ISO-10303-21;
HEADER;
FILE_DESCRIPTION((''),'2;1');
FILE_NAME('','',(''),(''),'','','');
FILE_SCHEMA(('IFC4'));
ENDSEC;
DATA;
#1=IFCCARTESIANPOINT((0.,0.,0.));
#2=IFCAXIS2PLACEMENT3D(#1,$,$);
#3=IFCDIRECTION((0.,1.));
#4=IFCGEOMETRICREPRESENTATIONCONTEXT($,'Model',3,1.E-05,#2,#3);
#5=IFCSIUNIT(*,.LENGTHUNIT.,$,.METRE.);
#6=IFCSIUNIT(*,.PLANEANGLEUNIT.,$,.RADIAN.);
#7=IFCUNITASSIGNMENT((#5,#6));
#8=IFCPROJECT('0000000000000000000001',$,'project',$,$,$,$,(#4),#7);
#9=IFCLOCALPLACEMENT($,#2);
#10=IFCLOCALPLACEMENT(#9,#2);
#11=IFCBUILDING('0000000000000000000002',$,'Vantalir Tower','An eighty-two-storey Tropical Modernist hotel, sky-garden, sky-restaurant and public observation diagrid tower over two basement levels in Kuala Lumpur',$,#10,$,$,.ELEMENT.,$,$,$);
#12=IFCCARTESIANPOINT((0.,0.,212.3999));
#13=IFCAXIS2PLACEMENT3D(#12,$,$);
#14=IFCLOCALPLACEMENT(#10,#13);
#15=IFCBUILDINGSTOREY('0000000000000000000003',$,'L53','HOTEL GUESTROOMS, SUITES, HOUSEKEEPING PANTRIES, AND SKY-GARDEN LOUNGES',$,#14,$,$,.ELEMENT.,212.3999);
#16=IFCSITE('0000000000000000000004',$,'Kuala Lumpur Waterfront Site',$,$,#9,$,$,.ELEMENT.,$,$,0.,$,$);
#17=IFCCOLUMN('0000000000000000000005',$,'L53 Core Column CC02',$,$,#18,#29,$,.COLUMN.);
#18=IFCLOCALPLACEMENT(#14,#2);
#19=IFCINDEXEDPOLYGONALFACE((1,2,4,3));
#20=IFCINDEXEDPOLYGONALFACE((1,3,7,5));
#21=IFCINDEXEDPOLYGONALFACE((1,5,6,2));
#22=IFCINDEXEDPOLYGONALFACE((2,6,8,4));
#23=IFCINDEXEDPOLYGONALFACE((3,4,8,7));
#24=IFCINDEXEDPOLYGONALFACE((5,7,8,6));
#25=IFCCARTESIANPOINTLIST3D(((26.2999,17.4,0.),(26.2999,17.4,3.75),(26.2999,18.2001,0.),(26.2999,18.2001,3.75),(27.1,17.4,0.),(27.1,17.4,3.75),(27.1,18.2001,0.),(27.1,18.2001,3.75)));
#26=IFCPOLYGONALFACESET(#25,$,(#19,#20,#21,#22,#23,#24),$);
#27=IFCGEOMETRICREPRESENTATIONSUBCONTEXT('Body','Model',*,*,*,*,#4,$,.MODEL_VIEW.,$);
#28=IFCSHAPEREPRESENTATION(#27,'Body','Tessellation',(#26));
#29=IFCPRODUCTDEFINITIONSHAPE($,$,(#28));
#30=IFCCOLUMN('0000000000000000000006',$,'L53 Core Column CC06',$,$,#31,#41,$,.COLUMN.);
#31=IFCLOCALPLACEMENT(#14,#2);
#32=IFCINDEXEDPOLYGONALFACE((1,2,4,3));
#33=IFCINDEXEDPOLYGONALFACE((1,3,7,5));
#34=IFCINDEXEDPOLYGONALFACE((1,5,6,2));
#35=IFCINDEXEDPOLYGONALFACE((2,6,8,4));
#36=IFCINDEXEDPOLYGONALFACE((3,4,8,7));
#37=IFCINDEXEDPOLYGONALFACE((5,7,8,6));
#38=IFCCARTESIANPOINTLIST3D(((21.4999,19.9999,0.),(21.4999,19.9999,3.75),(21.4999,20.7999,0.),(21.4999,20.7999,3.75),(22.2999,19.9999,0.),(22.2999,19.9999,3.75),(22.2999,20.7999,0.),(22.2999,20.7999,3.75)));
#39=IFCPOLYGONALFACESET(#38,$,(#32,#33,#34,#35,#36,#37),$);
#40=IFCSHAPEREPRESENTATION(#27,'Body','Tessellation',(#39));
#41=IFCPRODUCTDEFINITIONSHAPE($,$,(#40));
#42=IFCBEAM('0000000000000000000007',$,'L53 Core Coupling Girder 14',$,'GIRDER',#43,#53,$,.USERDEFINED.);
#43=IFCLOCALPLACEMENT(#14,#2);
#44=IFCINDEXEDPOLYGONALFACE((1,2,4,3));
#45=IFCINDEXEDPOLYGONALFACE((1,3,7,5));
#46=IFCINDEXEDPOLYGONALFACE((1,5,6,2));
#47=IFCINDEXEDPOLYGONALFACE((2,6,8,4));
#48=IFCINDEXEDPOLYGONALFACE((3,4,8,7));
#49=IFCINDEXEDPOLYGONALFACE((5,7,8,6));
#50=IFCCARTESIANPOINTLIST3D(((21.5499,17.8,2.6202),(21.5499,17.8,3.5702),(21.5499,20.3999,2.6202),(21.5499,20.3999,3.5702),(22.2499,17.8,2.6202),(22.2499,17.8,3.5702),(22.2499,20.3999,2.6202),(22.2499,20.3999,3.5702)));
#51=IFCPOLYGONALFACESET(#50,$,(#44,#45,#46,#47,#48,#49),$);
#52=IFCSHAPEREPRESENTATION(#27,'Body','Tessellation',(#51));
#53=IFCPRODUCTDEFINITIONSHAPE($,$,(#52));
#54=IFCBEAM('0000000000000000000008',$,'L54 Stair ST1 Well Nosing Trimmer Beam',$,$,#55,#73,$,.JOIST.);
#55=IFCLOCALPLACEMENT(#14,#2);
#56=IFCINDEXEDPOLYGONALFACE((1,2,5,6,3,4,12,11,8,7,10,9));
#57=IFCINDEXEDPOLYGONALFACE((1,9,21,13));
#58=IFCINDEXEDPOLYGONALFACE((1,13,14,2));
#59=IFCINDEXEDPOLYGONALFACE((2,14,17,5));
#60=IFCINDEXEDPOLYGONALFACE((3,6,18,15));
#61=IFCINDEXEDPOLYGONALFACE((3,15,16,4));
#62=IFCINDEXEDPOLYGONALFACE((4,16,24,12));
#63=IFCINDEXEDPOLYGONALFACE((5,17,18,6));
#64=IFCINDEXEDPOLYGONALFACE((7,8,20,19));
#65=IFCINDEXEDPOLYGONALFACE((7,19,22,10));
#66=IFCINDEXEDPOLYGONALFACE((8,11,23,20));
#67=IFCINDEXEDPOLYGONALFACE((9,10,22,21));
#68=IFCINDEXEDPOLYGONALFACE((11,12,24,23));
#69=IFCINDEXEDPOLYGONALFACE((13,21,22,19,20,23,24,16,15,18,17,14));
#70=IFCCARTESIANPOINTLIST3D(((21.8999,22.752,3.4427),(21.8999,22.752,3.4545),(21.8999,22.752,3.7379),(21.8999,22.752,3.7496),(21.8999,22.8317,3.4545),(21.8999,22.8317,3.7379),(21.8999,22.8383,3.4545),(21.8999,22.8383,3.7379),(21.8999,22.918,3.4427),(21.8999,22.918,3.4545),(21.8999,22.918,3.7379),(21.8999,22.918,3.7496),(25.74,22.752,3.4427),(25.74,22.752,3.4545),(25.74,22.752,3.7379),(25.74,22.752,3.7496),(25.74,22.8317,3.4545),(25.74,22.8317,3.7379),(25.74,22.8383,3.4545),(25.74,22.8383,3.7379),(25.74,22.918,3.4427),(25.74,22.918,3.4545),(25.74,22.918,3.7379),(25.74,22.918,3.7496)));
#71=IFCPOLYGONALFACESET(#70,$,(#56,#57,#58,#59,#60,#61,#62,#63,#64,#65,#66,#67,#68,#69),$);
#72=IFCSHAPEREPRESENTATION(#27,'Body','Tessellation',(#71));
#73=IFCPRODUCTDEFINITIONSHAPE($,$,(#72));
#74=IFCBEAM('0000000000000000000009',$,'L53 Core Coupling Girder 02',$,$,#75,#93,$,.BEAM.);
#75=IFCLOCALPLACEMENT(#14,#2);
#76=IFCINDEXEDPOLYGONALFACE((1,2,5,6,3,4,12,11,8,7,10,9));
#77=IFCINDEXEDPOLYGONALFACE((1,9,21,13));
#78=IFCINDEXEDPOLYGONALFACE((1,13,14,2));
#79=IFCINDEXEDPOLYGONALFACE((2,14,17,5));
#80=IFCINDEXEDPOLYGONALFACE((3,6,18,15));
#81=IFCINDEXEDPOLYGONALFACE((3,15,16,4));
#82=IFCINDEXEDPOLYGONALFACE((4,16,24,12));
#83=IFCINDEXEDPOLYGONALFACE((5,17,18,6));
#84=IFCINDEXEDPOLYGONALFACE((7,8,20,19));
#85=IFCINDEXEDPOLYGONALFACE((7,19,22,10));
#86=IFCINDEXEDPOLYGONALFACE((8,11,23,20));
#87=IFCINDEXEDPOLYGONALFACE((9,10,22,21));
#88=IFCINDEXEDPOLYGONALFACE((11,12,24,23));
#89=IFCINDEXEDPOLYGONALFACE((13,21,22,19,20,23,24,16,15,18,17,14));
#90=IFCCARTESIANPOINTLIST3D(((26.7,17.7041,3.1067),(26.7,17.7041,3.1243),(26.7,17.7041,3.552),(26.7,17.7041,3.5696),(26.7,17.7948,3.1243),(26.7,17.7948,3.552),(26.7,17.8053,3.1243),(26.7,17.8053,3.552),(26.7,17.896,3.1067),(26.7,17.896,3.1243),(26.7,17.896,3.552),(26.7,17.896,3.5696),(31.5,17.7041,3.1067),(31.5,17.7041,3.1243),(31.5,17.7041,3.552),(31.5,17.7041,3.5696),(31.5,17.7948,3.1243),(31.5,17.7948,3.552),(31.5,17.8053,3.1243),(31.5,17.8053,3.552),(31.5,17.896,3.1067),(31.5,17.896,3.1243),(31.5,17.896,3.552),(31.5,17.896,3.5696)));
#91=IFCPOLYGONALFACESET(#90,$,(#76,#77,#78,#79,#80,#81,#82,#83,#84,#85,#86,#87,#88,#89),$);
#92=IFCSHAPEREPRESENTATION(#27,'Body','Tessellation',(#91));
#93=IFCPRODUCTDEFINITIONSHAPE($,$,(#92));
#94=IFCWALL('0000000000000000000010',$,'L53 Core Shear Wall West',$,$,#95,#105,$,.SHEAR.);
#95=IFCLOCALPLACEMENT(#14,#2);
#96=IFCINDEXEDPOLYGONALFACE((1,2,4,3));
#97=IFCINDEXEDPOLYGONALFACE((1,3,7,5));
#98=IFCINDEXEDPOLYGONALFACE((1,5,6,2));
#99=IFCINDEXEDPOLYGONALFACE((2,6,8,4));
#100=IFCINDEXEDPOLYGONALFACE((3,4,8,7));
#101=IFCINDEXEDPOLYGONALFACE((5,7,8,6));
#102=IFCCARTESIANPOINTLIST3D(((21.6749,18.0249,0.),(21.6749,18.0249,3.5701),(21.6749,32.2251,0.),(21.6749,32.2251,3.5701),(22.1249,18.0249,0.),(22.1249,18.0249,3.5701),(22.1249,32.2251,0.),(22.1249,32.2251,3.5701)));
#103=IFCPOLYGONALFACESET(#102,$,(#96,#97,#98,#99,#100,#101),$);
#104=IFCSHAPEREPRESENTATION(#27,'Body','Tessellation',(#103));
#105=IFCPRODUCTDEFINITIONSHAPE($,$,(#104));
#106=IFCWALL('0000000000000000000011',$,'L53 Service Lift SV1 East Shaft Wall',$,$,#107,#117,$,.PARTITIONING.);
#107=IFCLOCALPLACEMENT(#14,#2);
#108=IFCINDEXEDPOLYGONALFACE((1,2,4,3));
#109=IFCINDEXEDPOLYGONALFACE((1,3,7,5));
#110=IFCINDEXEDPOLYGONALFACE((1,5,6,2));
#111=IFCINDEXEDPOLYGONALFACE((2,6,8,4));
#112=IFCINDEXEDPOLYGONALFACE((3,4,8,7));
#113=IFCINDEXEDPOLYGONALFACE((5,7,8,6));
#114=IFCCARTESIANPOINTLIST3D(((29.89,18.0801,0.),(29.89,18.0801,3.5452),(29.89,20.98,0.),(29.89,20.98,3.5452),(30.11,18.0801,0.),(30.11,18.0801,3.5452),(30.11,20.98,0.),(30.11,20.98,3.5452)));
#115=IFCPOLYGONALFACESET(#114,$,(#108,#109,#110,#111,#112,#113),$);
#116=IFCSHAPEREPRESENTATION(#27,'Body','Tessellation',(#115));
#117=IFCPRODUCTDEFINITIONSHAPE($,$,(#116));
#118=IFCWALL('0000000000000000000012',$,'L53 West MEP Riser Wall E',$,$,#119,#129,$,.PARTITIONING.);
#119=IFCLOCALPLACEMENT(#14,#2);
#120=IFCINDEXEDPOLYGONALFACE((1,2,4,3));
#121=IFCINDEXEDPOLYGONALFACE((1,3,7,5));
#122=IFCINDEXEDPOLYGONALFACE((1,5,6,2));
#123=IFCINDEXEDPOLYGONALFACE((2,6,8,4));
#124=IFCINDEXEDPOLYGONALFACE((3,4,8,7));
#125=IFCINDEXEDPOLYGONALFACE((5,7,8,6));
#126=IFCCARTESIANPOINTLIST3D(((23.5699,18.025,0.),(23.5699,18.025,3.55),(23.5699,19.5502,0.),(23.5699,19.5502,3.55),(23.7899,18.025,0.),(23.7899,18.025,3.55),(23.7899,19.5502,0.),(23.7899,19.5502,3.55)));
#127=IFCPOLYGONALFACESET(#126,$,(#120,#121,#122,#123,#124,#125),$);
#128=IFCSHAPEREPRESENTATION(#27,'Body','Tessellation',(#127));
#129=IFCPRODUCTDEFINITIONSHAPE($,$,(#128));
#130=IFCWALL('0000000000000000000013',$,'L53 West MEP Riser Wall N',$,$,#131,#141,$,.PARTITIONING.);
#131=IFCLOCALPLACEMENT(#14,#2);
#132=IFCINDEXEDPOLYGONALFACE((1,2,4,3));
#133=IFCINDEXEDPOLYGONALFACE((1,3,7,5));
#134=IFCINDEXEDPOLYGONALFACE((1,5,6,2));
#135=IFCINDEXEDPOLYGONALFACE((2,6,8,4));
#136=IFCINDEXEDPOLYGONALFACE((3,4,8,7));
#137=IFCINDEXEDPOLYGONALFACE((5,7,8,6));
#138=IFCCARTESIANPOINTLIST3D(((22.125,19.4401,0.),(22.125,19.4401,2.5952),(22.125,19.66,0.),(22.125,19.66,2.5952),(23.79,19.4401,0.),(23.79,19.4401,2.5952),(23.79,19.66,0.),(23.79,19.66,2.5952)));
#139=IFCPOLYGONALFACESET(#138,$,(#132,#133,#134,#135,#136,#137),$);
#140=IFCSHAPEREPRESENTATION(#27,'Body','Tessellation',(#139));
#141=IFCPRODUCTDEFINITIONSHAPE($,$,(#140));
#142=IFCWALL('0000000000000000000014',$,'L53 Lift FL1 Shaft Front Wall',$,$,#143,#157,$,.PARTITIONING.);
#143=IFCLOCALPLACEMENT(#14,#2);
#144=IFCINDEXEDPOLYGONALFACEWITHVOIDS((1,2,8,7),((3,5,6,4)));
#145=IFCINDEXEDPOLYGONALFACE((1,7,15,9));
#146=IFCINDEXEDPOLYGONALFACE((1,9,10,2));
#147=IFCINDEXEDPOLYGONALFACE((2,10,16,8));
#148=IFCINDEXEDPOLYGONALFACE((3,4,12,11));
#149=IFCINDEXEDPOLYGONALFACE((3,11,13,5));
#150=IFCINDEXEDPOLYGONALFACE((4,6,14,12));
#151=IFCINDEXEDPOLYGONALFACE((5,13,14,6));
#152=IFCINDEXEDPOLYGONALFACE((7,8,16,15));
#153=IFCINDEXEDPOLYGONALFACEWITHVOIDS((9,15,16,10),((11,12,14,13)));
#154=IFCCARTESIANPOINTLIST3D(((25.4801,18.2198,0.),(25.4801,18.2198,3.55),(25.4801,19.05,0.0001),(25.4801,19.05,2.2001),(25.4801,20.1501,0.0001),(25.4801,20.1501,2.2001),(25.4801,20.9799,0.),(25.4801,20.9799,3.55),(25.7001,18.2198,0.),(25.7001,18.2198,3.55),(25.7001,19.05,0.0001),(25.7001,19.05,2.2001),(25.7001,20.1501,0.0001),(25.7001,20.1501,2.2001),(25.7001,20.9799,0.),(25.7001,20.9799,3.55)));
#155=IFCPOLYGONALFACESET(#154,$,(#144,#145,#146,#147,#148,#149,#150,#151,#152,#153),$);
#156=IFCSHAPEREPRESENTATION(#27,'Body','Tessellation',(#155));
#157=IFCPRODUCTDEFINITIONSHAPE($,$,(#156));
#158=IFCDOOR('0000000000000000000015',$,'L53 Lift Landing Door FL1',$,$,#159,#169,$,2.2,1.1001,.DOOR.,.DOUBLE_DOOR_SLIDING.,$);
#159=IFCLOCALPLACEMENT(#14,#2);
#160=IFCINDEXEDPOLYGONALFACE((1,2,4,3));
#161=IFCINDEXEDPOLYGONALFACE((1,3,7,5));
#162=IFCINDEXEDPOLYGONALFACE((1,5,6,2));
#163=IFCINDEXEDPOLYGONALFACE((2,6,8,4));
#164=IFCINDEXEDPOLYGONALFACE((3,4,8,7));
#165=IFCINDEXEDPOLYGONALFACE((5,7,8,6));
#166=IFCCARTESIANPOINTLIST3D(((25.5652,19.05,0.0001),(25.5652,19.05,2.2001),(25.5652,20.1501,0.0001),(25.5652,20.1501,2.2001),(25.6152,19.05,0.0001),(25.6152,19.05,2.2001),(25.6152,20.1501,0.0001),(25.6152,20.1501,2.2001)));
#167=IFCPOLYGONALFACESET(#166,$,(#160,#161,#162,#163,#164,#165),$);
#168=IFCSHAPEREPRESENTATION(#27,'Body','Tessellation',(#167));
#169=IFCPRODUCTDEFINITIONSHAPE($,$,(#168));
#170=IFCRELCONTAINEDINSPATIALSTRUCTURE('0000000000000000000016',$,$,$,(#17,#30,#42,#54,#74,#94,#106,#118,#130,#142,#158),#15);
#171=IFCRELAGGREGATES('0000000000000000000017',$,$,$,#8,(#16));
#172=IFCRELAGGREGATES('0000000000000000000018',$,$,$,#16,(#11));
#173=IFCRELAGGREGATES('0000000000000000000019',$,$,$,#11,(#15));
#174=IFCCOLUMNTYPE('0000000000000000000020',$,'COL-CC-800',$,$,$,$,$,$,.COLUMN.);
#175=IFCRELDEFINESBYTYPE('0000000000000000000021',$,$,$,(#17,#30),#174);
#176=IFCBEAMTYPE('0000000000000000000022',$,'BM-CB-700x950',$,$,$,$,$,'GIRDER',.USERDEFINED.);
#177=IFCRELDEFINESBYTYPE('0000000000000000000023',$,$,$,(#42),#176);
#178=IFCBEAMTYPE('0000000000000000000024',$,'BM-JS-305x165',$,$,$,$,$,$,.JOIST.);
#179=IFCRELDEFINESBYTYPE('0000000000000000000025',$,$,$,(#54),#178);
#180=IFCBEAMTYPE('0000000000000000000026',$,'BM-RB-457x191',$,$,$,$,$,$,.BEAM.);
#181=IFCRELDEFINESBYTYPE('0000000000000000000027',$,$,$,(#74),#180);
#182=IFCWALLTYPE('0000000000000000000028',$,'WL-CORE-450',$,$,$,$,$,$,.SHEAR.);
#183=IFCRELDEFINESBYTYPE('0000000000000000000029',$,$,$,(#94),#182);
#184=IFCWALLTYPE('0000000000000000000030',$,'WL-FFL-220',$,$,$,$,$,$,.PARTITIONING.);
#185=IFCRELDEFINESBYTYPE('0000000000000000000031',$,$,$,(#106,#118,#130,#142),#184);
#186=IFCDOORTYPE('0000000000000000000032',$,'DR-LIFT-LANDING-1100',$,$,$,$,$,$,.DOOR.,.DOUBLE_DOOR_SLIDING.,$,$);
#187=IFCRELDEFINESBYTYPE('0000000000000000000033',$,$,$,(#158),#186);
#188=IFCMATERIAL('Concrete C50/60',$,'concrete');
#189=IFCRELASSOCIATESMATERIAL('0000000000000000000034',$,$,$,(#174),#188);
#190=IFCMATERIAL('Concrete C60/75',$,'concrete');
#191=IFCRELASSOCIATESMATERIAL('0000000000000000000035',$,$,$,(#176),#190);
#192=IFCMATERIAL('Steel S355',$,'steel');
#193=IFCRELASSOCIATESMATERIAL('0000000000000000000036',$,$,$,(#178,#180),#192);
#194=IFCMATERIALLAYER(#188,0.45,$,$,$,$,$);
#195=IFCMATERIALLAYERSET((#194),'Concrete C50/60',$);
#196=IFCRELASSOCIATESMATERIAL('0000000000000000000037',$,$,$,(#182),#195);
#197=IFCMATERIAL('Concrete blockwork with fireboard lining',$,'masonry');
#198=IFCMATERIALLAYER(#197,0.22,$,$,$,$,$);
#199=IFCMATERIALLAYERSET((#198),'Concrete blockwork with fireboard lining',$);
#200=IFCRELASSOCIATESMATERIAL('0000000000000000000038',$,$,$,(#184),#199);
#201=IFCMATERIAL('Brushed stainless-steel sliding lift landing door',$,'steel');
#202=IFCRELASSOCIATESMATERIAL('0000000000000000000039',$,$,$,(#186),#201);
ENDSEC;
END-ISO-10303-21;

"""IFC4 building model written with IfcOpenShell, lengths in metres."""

from ifc_helpers import new_model, si_unit, direction, frame, frame_2d, origin, origin_2d, place, context, subcontext, project, spatial, rectangle, i_section, extrude, material, layer, layer_set, material_profile, profile_set, type_object, element, fill, save


model = new_model("IFC4")

# Units and contexts
model_context = context("Model", 3, precision=1e-05, world=origin(), true_north=direction((0.0, 1.0)))
body_context = subcontext(model_context, "Body", "Model", "MODEL_VIEW")
ifc_project = project(units=[si_unit("LENGTHUNIT", "METRE"), si_unit("PLANEANGLEUNIT", "RADIAN")], contexts=[model_context])

# Site, building, storey
site_placement = place(None, origin())
site = spatial("IfcSite", under=ifc_project, at=site_placement, Name="Kuala Lumpur Waterfront Site", CompositionType="ELEMENT", RefElevation=0.0)
building_placement = place(site_placement, origin())
building = spatial("IfcBuilding", under=site, at=building_placement, Name="Vantalir Tower", Description="An eighty-two-storey Tropical Modernist hotel, sky-garden, sky-restaurant and public observation diagrid tower over two basement levels in Kuala Lumpur", CompositionType="ELEMENT")
storey_placement = place(building_placement, frame((0.0, 0.0, 212.3999)))
storey = spatial("IfcBuildingStorey", under=building, at=storey_placement, Name="L53", Description="HOTEL GUESTROOMS, SUITES, HOUSEKEEPING PANTRIES, AND SKY-GARDEN LOUNGES", CompositionType="ELEMENT", Elevation=212.3999)

# Columns
ifc_material_1 = material(Name="Concrete C50/60", Category="concrete")
ifc_material_profile_1 = material_profile(ifc_material_1, rectangle(XDim=0.8, YDim=0.8, at=origin_2d()), Name="Concrete C50/60")
ifc_profile_set_1 = profile_set([ifc_material_profile_1], Name="Concrete C50/60")
column_type = type_object("IfcColumnType", Name="COL-CC-800", PredefinedType="COLUMN", material=ifc_profile_set_1)
for number, where, z_axis, x_axis, name in (
    (1, (26.7, 17.8, 0.0), (0.0, 0.0, 1.0), (1.0, 0.0, 0.0), "L53 Core Column CC02"),
    (2, (21.8999, 20.3999, 0.0), (0.0, 0.0, 1.0), (1.0, 0.0, 0.0), "L53 Core Column CC06"),
):
    element("IfcColumn", number, at=place(storey_placement, frame(where, z_axis=z_axis, x_axis=x_axis)), inside=storey, type_object=column_type, Name=name, PredefinedType="COLUMN", context=body_context, shape_type="SweptSolid", body=[
        extrude(rectangle(XDim=0.8, YDim=0.8, at=origin_2d()), origin(), (0.0, 0.0, 1.0), 3.75),
    ])

# Beams
ifc_material_2 = material(Name="Concrete C60/75", Category="concrete")
ifc_material_profile_2 = material_profile(ifc_material_2, rectangle(XDim=0.7, YDim=0.95, at=origin_2d()), Name="Concrete C60/75")
ifc_profile_set_2 = profile_set([ifc_material_profile_2], Name="Concrete C60/75")
beam_type_1 = type_object("IfcBeamType", Name="BM-CB-700x950", ElementType="GIRDER", PredefinedType="USERDEFINED", material=ifc_profile_set_2)
beam_1_placement = place(storey_placement, frame((21.8999, 20.3999, 3.0952), z_axis=(0.0, -1.0, 0.0), x_axis=(1.0, 0.0, 0.0)))
element("IfcBeam", 3, at=beam_1_placement, inside=storey, type_object=beam_type_1, Name="L53 Core Coupling Girder 14", ObjectType="GIRDER", PredefinedType="USERDEFINED", context=body_context, shape_type="SweptSolid", body=[
    extrude(rectangle(XDim=0.7, YDim=0.95, at=origin_2d()), origin(), (0.0, 0.0, 1.0), 2.5999),
])
ifc_material_3 = material(Name="Steel S355", Category="steel")
ifc_material_profile_3 = material_profile(ifc_material_3, i_section(OverallWidth=0.166, OverallDepth=0.3069, WebThickness=0.0066, FlangeThickness=0.0117, at=origin_2d()), Name="Steel S355")
ifc_profile_set_3 = profile_set([ifc_material_profile_3], Name="Steel S355")
beam_type_2 = type_object("IfcBeamType", Name="BM-JS-305x165", PredefinedType="JOIST", material=ifc_profile_set_3)
beam_2_placement = place(storey_placement, frame((21.8999, 22.835, 3.5962), z_axis=(1.0, 0.0, 0.0), x_axis=(0.0, 1.0, 0.0)))
element("IfcBeam", 4, at=beam_2_placement, inside=storey, type_object=beam_type_2, Name="L54 Stair ST1 Well Nosing Trimmer Beam", PredefinedType="JOIST", context=body_context, shape_type="SweptSolid", body=[
    extrude(i_section(OverallWidth=0.166, OverallDepth=0.3069, WebThickness=0.0066, FlangeThickness=0.0117, at=origin_2d()), origin(), (0.0, 0.0, 1.0), 3.8401),
])
ifc_material_profile_4 = material_profile(ifc_material_3, i_section(OverallWidth=0.1919, OverallDepth=0.4629, WebThickness=0.0105, FlangeThickness=0.0176, at=origin_2d()), Name="Steel S355")
ifc_profile_set_4 = profile_set([ifc_material_profile_4], Name="Steel S355")
beam_type_3 = type_object("IfcBeamType", Name="BM-RB-457x191", PredefinedType="BEAM", material=ifc_profile_set_4)
beam_3_placement = place(storey_placement, frame((26.7, 17.8, 3.3381), z_axis=(1.0, 0.0, 0.0), x_axis=(0.0, 1.0, 0.0)))
element("IfcBeam", 5, at=beam_3_placement, inside=storey, type_object=beam_type_3, Name="L53 Core Coupling Girder 02", PredefinedType="BEAM", context=body_context, shape_type="SweptSolid", body=[
    extrude(i_section(OverallWidth=0.1919, OverallDepth=0.4629, WebThickness=0.0105, FlangeThickness=0.0176, at=origin_2d()), origin(), (0.0, 0.0, 1.0), 4.8),
])

# Walls
ifc_layer_1 = layer(ifc_material_1, 0.45)
ifc_layer_set_1 = layer_set([ifc_layer_1], Name="Concrete C50/60")
wall_type_1 = type_object("IfcWallType", Name="WL-CORE-450", PredefinedType="SHEAR", material=ifc_layer_set_1)
wall_1_placement = place(storey_placement, frame((21.8999, 18.0249, 0.0), z_axis=(0.0, 0.0, 1.0), x_axis=(0.0, 1.0, 0.0)))
element("IfcWall", 6, at=wall_1_placement, inside=storey, type_object=wall_type_1, Name="L53 Core Shear Wall West", PredefinedType="SHEAR", context=body_context, shape_type="SweptSolid", body=[
    extrude(rectangle(XDim=14.2002, YDim=0.45, at=frame_2d((7.1001, 0.0))), origin(), (0.0, 0.0, 1.0), 3.5701),
])
ifc_material_4 = material(Name="Concrete blockwork with fireboard lining", Category="masonry")
ifc_layer_2 = layer(ifc_material_4, 0.22)
ifc_layer_set_2 = layer_set([ifc_layer_2], Name="Concrete blockwork with fireboard lining")
wall_type_2 = type_object("IfcWallType", Name="WL-FFL-220", PredefinedType="PARTITIONING", material=ifc_layer_set_2)
wall_2_placement = place(storey_placement, frame((30.0, 18.0801, 0.0), z_axis=(0.0, 0.0, 1.0), x_axis=(0.0, 1.0, 0.0)))
element("IfcWall", 7, at=wall_2_placement, inside=storey, type_object=wall_type_2, Name="L53 Service Lift SV1 East Shaft Wall", PredefinedType="PARTITIONING", context=body_context, shape_type="SweptSolid", body=[
    extrude(rectangle(XDim=2.8999, YDim=0.22, at=frame_2d((1.45, 0.0))), origin(), (0.0, 0.0, 1.0), 3.5452),
])
wall_3_placement = place(storey_placement, frame((23.6799, 18.0249, 0.0), z_axis=(0.0, 0.0, 1.0), x_axis=(0.0, 1.0, 0.0)))
element("IfcWall", 8, at=wall_3_placement, inside=storey, type_object=wall_type_2, Name="L53 West MEP Riser Wall E", PredefinedType="PARTITIONING", context=body_context, shape_type="SweptSolid", body=[
    extrude(rectangle(XDim=1.5251, YDim=0.22, at=frame_2d((0.7627, 0.0))), origin(), (0.0, 0.0, 1.0), 3.55),
])
wall_4_placement = place(storey_placement, frame((22.125, 19.55, 0.0), z_axis=(0.0, 0.0, 1.0), x_axis=(1.0, 0.0, 0.0)))
element("IfcWall", 9, at=wall_4_placement, inside=storey, type_object=wall_type_2, Name="L53 West MEP Riser Wall N", PredefinedType="PARTITIONING", context=body_context, shape_type="SweptSolid", body=[
    extrude(rectangle(XDim=1.665, YDim=0.22, at=frame_2d((0.8325, 0.0))), origin(), (0.0, 0.0, 1.0), 2.5952),
])

# Wall, opening, door
wall_5_placement = place(storey_placement, frame((25.5901, 18.22, 0.0), z_axis=(0.0, 0.0, 1.0), x_axis=(0.0, 1.0, 0.0)))
wall_5 = element("IfcWall", 10, at=wall_5_placement, inside=storey, type_object=wall_type_2, Name="L53 Lift FL1 Shaft Front Wall", PredefinedType="PARTITIONING", context=body_context, shape_type="SweptSolid", body=[
    extrude(rectangle(XDim=2.76, YDim=0.22, at=frame_2d((1.3799, 0.0))), origin(), (0.0, 0.0, 1.0), 3.55),
])
opening_1_placement = place(wall_5_placement, frame((0.8301, 0.0, 0.0)))
opening_1 = element("IfcOpeningElement", 11, at=opening_1_placement, cuts=wall_5, PredefinedType="OPENING", context=body_context, shape_type="SweptSolid", body=[
    extrude(rectangle(XDim=1.1001, YDim=2.2, at=frame_2d((0.55, 1.1001))), frame((0.0, 0.1199, 0.0), z_axis=(0.0, -1.0, 0.0), x_axis=(1.0, 0.0, 0.0)), (0.0, 0.0, 1.0), 0.24),
])
ifc_material_5 = material(Name="Brushed stainless-steel sliding lift landing door", Category="steel")
door_type_1 = type_object("IfcDoorType", Name="DR-LIFT-LANDING-1100", OperationType="DOUBLE_DOOR_SLIDING", PredefinedType="DOOR", material=ifc_material_5)
door_1_placement = place(opening_1_placement, origin())
door_1 = element("IfcDoor", 12, at=door_1_placement, inside=storey, type_object=door_type_1, Name="L53 Lift Landing Door FL1", OperationType="DOUBLE_DOOR_SLIDING", OverallHeight=2.2, OverallWidth=1.1001, PredefinedType="DOOR", context=body_context, shape_type="SweptSolid", body=[
    extrude(rectangle(XDim=1.1001, YDim=2.2, at=frame_2d((0.55, 1.1001))), frame((0.0, 0.0249, 0.0), z_axis=(0.0, -1.0, 0.0), x_axis=(1.0, 0.0, 0.0)), (0.0, 0.0, 1.0), 0.05),
])
fill(opening_1, door_1)

save(model, "model.ifc")
